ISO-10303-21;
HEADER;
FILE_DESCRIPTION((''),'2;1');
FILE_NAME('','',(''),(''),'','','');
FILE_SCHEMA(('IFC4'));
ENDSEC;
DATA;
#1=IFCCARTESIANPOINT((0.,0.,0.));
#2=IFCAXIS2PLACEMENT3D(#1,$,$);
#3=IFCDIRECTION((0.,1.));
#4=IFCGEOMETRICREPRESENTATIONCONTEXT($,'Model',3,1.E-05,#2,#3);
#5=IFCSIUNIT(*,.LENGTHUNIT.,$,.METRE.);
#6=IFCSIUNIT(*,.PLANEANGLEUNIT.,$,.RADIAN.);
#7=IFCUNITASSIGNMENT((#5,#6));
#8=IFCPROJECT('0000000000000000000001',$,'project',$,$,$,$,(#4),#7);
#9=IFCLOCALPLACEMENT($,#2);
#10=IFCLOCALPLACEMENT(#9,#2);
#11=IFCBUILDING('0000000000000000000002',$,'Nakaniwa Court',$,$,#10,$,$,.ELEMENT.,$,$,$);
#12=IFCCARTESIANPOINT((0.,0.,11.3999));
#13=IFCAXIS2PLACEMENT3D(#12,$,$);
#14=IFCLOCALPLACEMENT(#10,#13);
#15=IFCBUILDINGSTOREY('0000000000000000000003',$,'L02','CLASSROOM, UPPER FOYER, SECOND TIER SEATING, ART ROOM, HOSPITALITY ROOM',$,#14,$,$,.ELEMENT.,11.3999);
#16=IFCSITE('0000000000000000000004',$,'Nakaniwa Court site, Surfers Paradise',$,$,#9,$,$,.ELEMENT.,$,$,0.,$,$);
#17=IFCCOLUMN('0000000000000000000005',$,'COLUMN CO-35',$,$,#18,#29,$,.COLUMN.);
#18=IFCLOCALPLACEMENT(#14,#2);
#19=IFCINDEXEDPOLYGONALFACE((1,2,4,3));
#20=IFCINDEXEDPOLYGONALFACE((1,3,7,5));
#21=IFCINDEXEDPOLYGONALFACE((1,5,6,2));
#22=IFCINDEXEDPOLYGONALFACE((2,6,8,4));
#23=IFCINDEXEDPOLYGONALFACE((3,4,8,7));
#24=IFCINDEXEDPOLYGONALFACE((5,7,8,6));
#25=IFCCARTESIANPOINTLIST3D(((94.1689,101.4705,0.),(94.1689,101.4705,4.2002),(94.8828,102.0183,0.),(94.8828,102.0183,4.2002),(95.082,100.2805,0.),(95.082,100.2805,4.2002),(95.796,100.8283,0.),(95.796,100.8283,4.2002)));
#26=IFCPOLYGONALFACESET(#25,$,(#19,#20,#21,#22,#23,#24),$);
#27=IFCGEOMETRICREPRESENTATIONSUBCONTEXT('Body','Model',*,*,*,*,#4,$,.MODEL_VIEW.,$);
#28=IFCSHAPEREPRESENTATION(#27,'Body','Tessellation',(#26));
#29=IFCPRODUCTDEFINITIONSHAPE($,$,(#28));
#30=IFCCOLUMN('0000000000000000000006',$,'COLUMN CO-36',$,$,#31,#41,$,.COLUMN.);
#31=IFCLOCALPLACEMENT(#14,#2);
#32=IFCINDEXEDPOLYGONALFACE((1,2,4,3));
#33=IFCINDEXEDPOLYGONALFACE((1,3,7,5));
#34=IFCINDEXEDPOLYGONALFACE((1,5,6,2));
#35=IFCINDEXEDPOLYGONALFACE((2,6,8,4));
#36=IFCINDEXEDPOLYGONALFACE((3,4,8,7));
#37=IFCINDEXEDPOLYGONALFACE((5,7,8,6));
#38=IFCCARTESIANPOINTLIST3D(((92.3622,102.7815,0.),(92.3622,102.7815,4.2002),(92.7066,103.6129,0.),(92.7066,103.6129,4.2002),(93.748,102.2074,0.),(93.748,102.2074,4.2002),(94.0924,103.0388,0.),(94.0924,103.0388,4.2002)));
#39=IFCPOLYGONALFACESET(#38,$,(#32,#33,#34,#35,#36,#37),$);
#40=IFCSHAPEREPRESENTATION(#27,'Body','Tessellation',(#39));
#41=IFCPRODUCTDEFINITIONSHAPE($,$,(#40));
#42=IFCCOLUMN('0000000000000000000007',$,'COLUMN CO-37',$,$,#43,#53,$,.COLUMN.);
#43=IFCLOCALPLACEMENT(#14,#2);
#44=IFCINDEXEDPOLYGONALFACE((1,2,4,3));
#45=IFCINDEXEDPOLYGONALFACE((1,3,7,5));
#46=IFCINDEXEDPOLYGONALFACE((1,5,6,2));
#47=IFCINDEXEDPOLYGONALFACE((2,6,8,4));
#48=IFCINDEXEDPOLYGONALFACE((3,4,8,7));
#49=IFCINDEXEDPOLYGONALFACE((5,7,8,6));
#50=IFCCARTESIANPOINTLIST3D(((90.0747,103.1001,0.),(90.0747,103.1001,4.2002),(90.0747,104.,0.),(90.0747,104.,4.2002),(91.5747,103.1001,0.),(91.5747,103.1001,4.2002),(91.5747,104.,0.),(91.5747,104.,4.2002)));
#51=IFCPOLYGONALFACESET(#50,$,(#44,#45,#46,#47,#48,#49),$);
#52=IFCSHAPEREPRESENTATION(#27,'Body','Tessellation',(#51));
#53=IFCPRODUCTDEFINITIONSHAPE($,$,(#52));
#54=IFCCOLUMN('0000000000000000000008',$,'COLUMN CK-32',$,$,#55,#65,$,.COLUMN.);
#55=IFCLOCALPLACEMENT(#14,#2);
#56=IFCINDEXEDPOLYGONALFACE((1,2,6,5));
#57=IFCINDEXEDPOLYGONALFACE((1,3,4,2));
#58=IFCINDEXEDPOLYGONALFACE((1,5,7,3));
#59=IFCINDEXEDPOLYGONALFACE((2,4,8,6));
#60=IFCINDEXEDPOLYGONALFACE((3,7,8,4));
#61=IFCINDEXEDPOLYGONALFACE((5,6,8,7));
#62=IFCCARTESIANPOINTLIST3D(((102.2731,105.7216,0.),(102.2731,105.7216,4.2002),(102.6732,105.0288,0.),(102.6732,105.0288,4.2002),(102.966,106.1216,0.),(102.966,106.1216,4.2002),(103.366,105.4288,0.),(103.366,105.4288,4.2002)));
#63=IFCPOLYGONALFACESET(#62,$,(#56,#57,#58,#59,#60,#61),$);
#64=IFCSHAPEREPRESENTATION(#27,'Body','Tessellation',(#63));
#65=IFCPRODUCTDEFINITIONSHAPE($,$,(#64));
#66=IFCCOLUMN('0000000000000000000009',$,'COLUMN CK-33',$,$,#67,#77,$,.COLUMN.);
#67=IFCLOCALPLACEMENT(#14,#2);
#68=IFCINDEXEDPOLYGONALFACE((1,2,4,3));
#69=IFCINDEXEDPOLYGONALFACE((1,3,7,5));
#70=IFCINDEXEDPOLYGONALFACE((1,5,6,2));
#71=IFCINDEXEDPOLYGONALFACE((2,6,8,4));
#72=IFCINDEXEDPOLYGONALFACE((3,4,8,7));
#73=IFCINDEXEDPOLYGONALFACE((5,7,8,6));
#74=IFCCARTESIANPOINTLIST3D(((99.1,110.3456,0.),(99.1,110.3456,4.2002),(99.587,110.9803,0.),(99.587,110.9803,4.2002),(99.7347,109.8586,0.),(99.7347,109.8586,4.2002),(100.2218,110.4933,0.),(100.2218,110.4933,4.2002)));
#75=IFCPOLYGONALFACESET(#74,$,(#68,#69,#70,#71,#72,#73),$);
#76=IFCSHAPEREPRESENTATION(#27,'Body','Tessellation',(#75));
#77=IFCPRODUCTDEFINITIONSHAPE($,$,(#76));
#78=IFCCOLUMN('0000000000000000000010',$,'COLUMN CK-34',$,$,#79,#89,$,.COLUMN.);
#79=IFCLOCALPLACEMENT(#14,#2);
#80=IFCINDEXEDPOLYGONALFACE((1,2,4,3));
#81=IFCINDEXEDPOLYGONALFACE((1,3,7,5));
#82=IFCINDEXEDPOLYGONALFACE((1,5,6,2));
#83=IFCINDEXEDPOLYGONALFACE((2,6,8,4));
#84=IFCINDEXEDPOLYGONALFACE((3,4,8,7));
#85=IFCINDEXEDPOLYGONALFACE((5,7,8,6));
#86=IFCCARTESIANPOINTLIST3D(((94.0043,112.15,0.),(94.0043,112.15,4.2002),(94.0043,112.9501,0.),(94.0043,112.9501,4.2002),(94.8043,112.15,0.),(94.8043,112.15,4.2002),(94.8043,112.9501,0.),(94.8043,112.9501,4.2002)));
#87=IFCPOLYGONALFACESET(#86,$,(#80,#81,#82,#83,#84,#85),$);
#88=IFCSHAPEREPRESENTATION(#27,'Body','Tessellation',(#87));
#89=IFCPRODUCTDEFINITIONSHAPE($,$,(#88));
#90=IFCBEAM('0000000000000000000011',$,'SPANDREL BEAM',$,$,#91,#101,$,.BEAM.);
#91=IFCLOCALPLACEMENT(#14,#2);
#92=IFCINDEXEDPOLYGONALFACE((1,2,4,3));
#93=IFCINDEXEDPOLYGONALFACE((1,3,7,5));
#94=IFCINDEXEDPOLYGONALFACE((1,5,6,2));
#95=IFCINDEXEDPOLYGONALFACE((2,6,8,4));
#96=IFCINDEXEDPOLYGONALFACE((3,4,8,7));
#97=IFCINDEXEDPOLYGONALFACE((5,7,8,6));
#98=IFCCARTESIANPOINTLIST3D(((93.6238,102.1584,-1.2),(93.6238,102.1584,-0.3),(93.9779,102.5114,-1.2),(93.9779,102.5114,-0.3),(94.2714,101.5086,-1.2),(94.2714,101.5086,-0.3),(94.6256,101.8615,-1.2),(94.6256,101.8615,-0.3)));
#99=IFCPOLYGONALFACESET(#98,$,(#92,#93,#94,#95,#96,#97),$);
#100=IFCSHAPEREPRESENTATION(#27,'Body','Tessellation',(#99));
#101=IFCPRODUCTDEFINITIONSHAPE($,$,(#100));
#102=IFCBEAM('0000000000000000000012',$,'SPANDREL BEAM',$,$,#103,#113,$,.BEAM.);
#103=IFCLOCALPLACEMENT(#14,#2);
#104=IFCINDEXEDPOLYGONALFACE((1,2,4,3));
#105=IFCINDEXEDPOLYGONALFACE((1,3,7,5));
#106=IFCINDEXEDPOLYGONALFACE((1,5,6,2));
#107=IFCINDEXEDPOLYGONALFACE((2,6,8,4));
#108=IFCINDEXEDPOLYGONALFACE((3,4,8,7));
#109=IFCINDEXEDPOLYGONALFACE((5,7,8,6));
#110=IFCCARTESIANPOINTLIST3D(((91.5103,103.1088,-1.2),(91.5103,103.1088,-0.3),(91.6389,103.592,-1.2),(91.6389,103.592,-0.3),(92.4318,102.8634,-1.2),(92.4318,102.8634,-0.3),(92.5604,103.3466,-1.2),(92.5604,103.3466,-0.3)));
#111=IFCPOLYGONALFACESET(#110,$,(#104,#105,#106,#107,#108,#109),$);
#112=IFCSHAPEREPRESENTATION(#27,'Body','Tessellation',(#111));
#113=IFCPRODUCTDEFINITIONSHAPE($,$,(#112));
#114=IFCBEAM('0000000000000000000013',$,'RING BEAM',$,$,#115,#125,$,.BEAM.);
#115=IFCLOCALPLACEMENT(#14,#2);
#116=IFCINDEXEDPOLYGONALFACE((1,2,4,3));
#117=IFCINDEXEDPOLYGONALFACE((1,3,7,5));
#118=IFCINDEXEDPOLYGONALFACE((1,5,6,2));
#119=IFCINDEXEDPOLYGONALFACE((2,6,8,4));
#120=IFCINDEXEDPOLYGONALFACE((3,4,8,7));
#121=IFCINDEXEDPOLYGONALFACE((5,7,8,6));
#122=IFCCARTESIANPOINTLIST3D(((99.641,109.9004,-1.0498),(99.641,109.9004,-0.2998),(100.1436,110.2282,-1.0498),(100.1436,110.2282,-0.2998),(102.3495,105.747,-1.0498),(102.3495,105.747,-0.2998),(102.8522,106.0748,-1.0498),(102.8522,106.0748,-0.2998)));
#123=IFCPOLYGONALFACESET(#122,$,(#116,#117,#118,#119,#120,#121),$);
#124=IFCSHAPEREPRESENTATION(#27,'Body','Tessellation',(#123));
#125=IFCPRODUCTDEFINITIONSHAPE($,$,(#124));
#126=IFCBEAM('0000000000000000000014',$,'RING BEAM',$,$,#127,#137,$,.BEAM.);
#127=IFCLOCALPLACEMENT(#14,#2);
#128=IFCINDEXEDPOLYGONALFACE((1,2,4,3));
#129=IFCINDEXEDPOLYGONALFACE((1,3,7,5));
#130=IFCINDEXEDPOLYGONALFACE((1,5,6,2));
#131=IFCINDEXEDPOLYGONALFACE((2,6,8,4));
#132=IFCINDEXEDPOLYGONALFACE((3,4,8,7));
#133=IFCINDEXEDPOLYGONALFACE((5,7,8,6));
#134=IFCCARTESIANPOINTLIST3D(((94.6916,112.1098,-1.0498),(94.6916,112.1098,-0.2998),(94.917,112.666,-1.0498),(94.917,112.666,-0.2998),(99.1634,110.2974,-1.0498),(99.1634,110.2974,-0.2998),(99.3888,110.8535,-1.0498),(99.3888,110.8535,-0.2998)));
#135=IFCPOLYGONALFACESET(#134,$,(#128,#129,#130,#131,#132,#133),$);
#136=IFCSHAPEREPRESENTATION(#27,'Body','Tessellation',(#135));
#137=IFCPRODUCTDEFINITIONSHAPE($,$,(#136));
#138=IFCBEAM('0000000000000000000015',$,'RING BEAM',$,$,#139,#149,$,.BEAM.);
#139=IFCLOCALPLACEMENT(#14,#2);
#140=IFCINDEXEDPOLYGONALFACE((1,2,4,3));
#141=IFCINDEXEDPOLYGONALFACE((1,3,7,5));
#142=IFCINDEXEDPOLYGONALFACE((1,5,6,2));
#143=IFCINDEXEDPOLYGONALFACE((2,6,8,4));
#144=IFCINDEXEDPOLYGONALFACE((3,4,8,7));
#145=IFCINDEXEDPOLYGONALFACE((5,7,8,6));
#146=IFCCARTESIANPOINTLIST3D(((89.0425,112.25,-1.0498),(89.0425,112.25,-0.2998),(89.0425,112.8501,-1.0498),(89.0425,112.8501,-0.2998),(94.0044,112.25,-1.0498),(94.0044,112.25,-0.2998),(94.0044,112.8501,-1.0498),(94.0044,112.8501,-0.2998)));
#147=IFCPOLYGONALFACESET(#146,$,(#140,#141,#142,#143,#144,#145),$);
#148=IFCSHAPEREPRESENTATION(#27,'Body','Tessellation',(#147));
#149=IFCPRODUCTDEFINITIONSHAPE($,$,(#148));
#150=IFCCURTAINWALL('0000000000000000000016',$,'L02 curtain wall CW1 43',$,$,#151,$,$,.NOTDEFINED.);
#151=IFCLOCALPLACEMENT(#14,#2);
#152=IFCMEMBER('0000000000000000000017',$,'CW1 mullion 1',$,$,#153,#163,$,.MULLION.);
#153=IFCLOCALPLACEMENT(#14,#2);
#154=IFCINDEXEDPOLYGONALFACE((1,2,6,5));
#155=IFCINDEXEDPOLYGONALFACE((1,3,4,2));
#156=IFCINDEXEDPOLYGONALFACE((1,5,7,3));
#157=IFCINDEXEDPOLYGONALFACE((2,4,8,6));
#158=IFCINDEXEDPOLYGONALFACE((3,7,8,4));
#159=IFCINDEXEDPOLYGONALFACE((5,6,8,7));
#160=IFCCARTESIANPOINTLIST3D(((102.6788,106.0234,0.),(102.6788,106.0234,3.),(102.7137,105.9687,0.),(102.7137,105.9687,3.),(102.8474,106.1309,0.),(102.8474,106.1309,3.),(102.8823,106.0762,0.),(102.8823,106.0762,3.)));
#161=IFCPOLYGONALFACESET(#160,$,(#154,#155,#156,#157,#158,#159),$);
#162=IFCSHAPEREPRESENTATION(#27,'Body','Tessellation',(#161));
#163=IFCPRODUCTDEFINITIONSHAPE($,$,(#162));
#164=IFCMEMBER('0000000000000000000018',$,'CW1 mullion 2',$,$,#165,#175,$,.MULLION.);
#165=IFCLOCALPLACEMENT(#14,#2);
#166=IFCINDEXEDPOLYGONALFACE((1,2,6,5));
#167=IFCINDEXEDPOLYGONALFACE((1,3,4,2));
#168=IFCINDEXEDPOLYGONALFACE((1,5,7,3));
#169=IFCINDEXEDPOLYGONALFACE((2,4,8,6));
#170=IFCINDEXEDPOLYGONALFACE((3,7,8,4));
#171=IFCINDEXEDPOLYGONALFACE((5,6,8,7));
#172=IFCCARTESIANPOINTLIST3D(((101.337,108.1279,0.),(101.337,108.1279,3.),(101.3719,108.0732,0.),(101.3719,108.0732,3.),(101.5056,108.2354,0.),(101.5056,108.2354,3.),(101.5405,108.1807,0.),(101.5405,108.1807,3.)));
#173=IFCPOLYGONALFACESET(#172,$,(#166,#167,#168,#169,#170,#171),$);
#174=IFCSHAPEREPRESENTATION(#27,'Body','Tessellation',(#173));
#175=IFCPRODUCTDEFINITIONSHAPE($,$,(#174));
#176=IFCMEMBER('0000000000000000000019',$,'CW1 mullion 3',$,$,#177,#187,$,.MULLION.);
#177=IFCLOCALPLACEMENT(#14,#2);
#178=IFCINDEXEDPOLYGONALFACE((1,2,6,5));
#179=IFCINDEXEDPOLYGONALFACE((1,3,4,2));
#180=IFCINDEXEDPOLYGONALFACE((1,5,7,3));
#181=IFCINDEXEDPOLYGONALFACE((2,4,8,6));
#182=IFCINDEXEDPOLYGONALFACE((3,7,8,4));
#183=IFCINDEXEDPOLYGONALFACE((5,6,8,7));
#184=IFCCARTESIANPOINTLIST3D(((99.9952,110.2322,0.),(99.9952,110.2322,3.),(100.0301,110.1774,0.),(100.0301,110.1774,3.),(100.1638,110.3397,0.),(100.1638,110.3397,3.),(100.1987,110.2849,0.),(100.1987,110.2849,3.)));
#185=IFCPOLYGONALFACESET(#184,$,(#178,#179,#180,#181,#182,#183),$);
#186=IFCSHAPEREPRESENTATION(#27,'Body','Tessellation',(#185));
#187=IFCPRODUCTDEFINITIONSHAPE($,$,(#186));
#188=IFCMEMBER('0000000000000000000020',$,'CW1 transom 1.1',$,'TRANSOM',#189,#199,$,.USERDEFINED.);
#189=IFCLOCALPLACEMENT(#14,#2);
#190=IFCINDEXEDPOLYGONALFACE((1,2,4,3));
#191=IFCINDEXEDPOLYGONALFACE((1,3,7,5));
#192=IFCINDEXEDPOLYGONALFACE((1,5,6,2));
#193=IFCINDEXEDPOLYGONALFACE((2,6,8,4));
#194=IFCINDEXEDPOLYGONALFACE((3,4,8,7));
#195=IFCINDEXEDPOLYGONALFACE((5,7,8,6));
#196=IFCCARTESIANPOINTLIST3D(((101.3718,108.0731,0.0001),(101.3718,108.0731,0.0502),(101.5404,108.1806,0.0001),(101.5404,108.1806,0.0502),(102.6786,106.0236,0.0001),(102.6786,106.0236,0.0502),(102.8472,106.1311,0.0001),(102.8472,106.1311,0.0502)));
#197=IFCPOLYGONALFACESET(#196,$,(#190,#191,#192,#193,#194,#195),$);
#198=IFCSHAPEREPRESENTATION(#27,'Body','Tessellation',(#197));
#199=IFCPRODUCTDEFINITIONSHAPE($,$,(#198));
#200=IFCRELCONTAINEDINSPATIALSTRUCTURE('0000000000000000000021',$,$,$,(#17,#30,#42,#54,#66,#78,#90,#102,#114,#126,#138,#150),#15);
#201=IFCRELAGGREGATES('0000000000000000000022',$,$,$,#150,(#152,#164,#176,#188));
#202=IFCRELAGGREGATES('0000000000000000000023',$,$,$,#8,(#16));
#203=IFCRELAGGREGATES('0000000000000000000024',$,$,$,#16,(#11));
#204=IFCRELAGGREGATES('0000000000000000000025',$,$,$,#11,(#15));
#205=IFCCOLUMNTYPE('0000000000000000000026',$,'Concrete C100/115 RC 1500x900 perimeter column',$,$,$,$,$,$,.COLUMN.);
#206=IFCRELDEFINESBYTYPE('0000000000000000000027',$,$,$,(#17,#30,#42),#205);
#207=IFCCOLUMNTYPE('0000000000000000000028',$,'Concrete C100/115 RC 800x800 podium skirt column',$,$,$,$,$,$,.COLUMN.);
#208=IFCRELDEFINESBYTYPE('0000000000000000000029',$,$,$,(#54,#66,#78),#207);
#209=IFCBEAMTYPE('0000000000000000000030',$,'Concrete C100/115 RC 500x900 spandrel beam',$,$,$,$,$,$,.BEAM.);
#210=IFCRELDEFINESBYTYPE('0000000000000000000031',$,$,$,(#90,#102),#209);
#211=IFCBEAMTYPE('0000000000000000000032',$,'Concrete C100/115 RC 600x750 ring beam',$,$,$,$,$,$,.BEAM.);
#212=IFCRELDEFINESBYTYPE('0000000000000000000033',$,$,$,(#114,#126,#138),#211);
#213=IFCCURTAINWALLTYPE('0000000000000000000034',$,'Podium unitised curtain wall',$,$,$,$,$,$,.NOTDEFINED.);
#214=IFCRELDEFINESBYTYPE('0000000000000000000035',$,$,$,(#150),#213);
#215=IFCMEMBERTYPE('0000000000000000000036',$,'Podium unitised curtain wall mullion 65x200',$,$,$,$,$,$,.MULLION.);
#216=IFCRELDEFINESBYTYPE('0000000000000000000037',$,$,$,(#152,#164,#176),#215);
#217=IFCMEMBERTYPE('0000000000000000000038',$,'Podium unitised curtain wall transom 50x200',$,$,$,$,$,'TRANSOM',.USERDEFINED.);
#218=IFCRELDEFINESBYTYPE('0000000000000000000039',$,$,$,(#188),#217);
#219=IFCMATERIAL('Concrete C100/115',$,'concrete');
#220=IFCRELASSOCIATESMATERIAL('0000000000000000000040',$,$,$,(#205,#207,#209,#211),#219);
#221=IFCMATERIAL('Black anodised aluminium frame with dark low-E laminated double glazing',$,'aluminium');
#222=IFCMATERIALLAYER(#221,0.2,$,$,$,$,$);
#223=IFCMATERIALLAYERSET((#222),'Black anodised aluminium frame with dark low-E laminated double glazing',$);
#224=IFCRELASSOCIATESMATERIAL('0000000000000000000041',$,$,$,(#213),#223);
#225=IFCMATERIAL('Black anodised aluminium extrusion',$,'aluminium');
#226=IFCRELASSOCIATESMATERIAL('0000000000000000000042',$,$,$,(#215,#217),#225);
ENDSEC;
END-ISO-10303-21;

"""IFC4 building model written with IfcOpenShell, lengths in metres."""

from ifc_helpers import new_model, si_unit, direction, frame, origin, origin_2d, place, context, subcontext, project, spatial, rectangle, extrude, material, layer, layer_set, material_profile, profile_set, type_object, element, aggregate, save


model = new_model("IFC4")

# Units and contexts
model_context = context("Model", 3, precision=1e-05, world=origin(), true_north=direction((0.0, 1.0)))
body_context = subcontext(model_context, "Body", "Model", "MODEL_VIEW")
ifc_project = project(units=[si_unit("LENGTHUNIT", "METRE"), si_unit("PLANEANGLEUNIT", "RADIAN")], contexts=[model_context])

# Site, building, storey
site_placement = place(None, origin())
site = spatial("IfcSite", under=ifc_project, at=site_placement, Name="Nakaniwa Court site, Surfers Paradise", CompositionType="ELEMENT", RefElevation=0.0)
building_placement = place(site_placement, origin())
building = spatial("IfcBuilding", under=site, at=building_placement, Name="Nakaniwa Court", CompositionType="ELEMENT")
storey_placement = place(building_placement, frame((0.0, 0.0, 11.3999)))
storey = spatial("IfcBuildingStorey", under=building, at=storey_placement, Name="L02", Description="CLASSROOM, UPPER FOYER, SECOND TIER SEATING, ART ROOM, HOSPITALITY ROOM", CompositionType="ELEMENT", Elevation=11.3999)

# Columns
ifc_material_1 = material(Name="Concrete C100/115", Category="concrete")
ifc_material_profile_1 = material_profile(ifc_material_1, rectangle(XDim=1.5, YDim=0.8999, at=origin_2d()), Name="Concrete C100/115 RC 1500x900 perimeter column")
ifc_profile_set_1 = profile_set([ifc_material_profile_1], Name="Concrete C100/115")
column_type_1 = type_object("IfcColumnType", Name="Concrete C100/115 RC 1500x900 perimeter column", PredefinedType="COLUMN", material=ifc_profile_set_1)
for number, where, z_axis, x_axis, name in (
    (1, (94.9824, 101.1494, 0.0), (0.0, 0.0, 1.0), (-0.608761, 0.793353, 0.0), "COLUMN CO-35"),
    (2, (93.2273, 102.9102, 0.0), (0.0, 0.0, 1.0), (-0.92388, 0.382683, 0.0), "COLUMN CO-36"),
    (3, (90.8247, 103.55, 0.0), (0.0, 0.0, 1.0), (-1.0, 0.0, 0.0), "COLUMN CO-37"),
):
    element("IfcColumn", number, at=place(storey_placement, frame(where, z_axis=z_axis, x_axis=x_axis)), inside=storey, type_object=column_type_1, Name=name, PredefinedType="COLUMN", context=body_context, shape_type="SweptSolid", body=[
        extrude(rectangle(XDim=1.5, YDim=0.8999, at=origin_2d()), origin(), (0.0, 0.0, 1.0), 4.2002),
    ])
ifc_material_profile_2 = material_profile(ifc_material_1, rectangle(XDim=0.8, YDim=0.8, at=origin_2d()), Name="Concrete C100/115 RC 800x800 podium skirt column")
ifc_profile_set_2 = profile_set([ifc_material_profile_2], Name="Concrete C100/115")
column_type_2 = type_object("IfcColumnType", Name="Concrete C100/115 RC 800x800 podium skirt column", PredefinedType="COLUMN", material=ifc_profile_set_2)
for number, where, z_axis, x_axis, name in (
    (4, (102.8196, 105.5752, 0.0), (0.0, 0.0, 1.0), (-0.5, 0.866025, 0.0), "COLUMN CK-32"),
    (5, (99.6609, 110.4194, 0.0), (0.0, 0.0, 1.0), (-0.793353, 0.608761, 0.0), "COLUMN CK-33"),
    (6, (94.4043, 112.55, 0.0), (0.0, 0.0, 1.0), (-1.0, 0.0, 0.0), "COLUMN CK-34"),
):
    element("IfcColumn", number, at=place(storey_placement, frame(where, z_axis=z_axis, x_axis=x_axis)), inside=storey, type_object=column_type_2, Name=name, PredefinedType="COLUMN", context=body_context, shape_type="SweptSolid", body=[
        extrude(rectangle(XDim=0.8, YDim=0.8, at=origin_2d()), origin(), (0.0, 0.0, 1.0), 4.2002),
    ])

# Beams
ifc_material_profile_3 = material_profile(ifc_material_1, rectangle(XDim=0.5, YDim=0.8999, at=origin_2d()), Name="Concrete C100/115 RC 500x900 spandrel beam")
ifc_profile_set_3 = profile_set([ifc_material_profile_3], Name="Concrete C100/115")
beam_type_1 = type_object("IfcBeamType", Name="Concrete C100/115 RC 500x900 spandrel beam", PredefinedType="BEAM", material=ifc_profile_set_3)
beam_1_placement = place(storey_placement, frame((94.4485, 101.6851, -0.75), z_axis=(-0.705908, 0.708303, 0.0), x_axis=(-0.708303, -0.705908, 0.0)))
element("IfcBeam", 7, at=beam_1_placement, inside=storey, type_object=beam_type_1, Name="SPANDREL BEAM", PredefinedType="BEAM", context=body_context, shape_type="SweptSolid", body=[
    extrude(rectangle(XDim=0.5, YDim=0.8999, at=origin_2d()), origin(), (0.0, 0.0, 1.0), 0.9175),
])
beam_2_placement = place(storey_placement, frame((92.4961, 103.105, -0.75), z_axis=(-0.966324, 0.257328, 0.0), x_axis=(-0.257328, -0.966324, 0.0)))
element("IfcBeam", 8, at=beam_2_placement, inside=storey, type_object=beam_type_1, Name="SPANDREL BEAM", PredefinedType="BEAM", context=body_context, shape_type="SweptSolid", body=[
    extrude(rectangle(XDim=0.5, YDim=0.8999, at=origin_2d()), origin(), (0.0, 0.0, 1.0), 0.9536),
])
ifc_material_profile_4 = material_profile(ifc_material_1, rectangle(XDim=0.6001, YDim=0.75, at=origin_2d()), Name="Concrete C100/115 RC 600x750 ring beam")
ifc_profile_set_4 = profile_set([ifc_material_profile_4], Name="Concrete C100/115")
beam_type_2 = type_object("IfcBeamType", Name="Concrete C100/115 RC 600x750 ring beam", PredefinedType="BEAM", material=ifc_profile_set_4)
beam_3_placement = place(storey_placement, frame((102.6008, 105.9109, -0.6748), z_axis=(-0.546241, 0.837628, 0.0), x_axis=(-0.837628, -0.546241, 0.0)))
element("IfcBeam", 9, at=beam_3_placement, inside=storey, type_object=beam_type_2, Name="RING BEAM", PredefinedType="BEAM", context=body_context, shape_type="SweptSolid", body=[
    extrude(rectangle(XDim=0.6001, YDim=0.75, at=origin_2d()), origin(), (0.0, 0.0, 1.0), 4.9585),
])
beam_4_placement = place(storey_placement, frame((99.2761, 110.5754, -0.6748), z_axis=(-0.926771, 0.375626, 0.0), x_axis=(-0.375626, -0.926771, 0.0)))
element("IfcBeam", 10, at=beam_4_placement, inside=storey, type_object=beam_type_2, Name="RING BEAM", PredefinedType="BEAM", context=body_context, shape_type="SweptSolid", body=[
    extrude(rectangle(XDim=0.6001, YDim=0.75, at=origin_2d()), origin(), (0.0, 0.0, 1.0), 4.8252),
])
beam_5_placement = place(storey_placement, frame((94.0044, 112.55, -0.6748), z_axis=(-1.0, 0.0, 0.0), x_axis=(0.0, -1.0, 0.0)))
element("IfcBeam", 11, at=beam_5_placement, inside=storey, type_object=beam_type_2, Name="RING BEAM", PredefinedType="BEAM", context=body_context, shape_type="SweptSolid", body=[
    extrude(rectangle(XDim=0.6001, YDim=0.75, at=origin_2d()), origin(), (0.0, 0.0, 1.0), 4.9619),
])

# Curtain wall, members
ifc_material_2 = material(Name="Black anodised aluminium frame with dark low-E laminated double glazing", Category="aluminium")
ifc_layer_1 = layer(ifc_material_2, 0.2)
ifc_layer_set_1 = layer_set([ifc_layer_1], Name="Black anodised aluminium frame with dark low-E laminated double glazing")
curtain_wall_type = type_object("IfcCurtainWallType", Name="Podium unitised curtain wall", PredefinedType="NOTDEFINED", material=ifc_layer_set_1)
curtain_wall_placement = place(storey_placement, origin())
curtain_wall = element("IfcCurtainWall", 12, at=curtain_wall_placement, inside=storey, type_object=curtain_wall_type, Name="L02 curtain wall CW1 43", PredefinedType="NOTDEFINED")
ifc_material_3 = material(Name="Black anodised aluminium extrusion", Category="aluminium")
ifc_material_profile_5 = material_profile(ifc_material_3, rectangle(XDim=0.2, YDim=0.0649, at=origin_2d()), Name="Podium unitised curtain wall mullion 65x200")
ifc_profile_set_5 = profile_set([ifc_material_profile_5], Name="Black anodised aluminium extrusion")
member_type_1 = type_object("IfcMemberType", Name="Podium unitised curtain wall mullion 65x200", PredefinedType="MULLION", material=ifc_profile_set_5)
member_1_placement = place(storey_placement, frame((102.7805, 106.0498, 0.0), z_axis=(0.0, 0.0, 1.0), x_axis=(-0.843172, -0.537644, 0.0)))
member_1 = element("IfcMember", 13, at=member_1_placement, type_object=member_type_1, Name="CW1 mullion 1", PredefinedType="MULLION", context=body_context, shape_type="SweptSolid", body=[
    extrude(rectangle(XDim=0.2, YDim=0.0649, at=origin_2d()), origin(), (0.0, 0.0, 1.0), 3.0),
])
member_2_placement = place(storey_placement, frame((101.4387, 108.1543, 0.0), z_axis=(0.0, 0.0, 1.0), x_axis=(-0.843172, -0.537644, 0.0)))
member_2 = element("IfcMember", 14, at=member_2_placement, type_object=member_type_1, Name="CW1 mullion 2", PredefinedType="MULLION", context=body_context, shape_type="SweptSolid", body=[
    extrude(rectangle(XDim=0.2, YDim=0.0649, at=origin_2d()), origin(), (0.0, 0.0, 1.0), 3.0),
])
member_3_placement = place(storey_placement, frame((100.0969, 110.2585, 0.0), z_axis=(0.0, 0.0, 1.0), x_axis=(-0.843172, -0.537644, 0.0)))
member_3 = element("IfcMember", 15, at=member_3_placement, type_object=member_type_1, Name="CW1 mullion 3", PredefinedType="MULLION", context=body_context, shape_type="SweptSolid", body=[
    extrude(rectangle(XDim=0.2, YDim=0.0649, at=origin_2d()), origin(), (0.0, 0.0, 1.0), 3.0),
])
ifc_material_profile_6 = material_profile(ifc_material_3, rectangle(XDim=0.2, YDim=0.05, at=origin_2d()), Name="Podium unitised curtain wall transom 50x200")
ifc_profile_set_6 = profile_set([ifc_material_profile_6], Name="Black anodised aluminium extrusion")
member_type_2 = type_object("IfcMemberType", Name="Podium unitised curtain wall transom 50x200", ElementType="TRANSOM", PredefinedType="USERDEFINED", material=ifc_profile_set_6)
member_4_placement = place(storey_placement, frame((102.7629, 106.0774, 0.0251), z_axis=(-0.537642, 0.843173, 0.0), x_axis=(-0.843173, -0.537642, 0.0)))
member_4 = element("IfcMember", 16, at=member_4_placement, type_object=member_type_2, Name="CW1 transom 1.1", ObjectType="TRANSOM", PredefinedType="USERDEFINED", context=body_context, shape_type="SweptSolid", body=[
    extrude(rectangle(XDim=0.2, YDim=0.05, at=origin_2d()), origin(), (0.0, 0.0, 1.0), 2.4307),
])
aggregate(curtain_wall, [member_1, member_2, member_3, member_4])

save(model, "model.ifc")
